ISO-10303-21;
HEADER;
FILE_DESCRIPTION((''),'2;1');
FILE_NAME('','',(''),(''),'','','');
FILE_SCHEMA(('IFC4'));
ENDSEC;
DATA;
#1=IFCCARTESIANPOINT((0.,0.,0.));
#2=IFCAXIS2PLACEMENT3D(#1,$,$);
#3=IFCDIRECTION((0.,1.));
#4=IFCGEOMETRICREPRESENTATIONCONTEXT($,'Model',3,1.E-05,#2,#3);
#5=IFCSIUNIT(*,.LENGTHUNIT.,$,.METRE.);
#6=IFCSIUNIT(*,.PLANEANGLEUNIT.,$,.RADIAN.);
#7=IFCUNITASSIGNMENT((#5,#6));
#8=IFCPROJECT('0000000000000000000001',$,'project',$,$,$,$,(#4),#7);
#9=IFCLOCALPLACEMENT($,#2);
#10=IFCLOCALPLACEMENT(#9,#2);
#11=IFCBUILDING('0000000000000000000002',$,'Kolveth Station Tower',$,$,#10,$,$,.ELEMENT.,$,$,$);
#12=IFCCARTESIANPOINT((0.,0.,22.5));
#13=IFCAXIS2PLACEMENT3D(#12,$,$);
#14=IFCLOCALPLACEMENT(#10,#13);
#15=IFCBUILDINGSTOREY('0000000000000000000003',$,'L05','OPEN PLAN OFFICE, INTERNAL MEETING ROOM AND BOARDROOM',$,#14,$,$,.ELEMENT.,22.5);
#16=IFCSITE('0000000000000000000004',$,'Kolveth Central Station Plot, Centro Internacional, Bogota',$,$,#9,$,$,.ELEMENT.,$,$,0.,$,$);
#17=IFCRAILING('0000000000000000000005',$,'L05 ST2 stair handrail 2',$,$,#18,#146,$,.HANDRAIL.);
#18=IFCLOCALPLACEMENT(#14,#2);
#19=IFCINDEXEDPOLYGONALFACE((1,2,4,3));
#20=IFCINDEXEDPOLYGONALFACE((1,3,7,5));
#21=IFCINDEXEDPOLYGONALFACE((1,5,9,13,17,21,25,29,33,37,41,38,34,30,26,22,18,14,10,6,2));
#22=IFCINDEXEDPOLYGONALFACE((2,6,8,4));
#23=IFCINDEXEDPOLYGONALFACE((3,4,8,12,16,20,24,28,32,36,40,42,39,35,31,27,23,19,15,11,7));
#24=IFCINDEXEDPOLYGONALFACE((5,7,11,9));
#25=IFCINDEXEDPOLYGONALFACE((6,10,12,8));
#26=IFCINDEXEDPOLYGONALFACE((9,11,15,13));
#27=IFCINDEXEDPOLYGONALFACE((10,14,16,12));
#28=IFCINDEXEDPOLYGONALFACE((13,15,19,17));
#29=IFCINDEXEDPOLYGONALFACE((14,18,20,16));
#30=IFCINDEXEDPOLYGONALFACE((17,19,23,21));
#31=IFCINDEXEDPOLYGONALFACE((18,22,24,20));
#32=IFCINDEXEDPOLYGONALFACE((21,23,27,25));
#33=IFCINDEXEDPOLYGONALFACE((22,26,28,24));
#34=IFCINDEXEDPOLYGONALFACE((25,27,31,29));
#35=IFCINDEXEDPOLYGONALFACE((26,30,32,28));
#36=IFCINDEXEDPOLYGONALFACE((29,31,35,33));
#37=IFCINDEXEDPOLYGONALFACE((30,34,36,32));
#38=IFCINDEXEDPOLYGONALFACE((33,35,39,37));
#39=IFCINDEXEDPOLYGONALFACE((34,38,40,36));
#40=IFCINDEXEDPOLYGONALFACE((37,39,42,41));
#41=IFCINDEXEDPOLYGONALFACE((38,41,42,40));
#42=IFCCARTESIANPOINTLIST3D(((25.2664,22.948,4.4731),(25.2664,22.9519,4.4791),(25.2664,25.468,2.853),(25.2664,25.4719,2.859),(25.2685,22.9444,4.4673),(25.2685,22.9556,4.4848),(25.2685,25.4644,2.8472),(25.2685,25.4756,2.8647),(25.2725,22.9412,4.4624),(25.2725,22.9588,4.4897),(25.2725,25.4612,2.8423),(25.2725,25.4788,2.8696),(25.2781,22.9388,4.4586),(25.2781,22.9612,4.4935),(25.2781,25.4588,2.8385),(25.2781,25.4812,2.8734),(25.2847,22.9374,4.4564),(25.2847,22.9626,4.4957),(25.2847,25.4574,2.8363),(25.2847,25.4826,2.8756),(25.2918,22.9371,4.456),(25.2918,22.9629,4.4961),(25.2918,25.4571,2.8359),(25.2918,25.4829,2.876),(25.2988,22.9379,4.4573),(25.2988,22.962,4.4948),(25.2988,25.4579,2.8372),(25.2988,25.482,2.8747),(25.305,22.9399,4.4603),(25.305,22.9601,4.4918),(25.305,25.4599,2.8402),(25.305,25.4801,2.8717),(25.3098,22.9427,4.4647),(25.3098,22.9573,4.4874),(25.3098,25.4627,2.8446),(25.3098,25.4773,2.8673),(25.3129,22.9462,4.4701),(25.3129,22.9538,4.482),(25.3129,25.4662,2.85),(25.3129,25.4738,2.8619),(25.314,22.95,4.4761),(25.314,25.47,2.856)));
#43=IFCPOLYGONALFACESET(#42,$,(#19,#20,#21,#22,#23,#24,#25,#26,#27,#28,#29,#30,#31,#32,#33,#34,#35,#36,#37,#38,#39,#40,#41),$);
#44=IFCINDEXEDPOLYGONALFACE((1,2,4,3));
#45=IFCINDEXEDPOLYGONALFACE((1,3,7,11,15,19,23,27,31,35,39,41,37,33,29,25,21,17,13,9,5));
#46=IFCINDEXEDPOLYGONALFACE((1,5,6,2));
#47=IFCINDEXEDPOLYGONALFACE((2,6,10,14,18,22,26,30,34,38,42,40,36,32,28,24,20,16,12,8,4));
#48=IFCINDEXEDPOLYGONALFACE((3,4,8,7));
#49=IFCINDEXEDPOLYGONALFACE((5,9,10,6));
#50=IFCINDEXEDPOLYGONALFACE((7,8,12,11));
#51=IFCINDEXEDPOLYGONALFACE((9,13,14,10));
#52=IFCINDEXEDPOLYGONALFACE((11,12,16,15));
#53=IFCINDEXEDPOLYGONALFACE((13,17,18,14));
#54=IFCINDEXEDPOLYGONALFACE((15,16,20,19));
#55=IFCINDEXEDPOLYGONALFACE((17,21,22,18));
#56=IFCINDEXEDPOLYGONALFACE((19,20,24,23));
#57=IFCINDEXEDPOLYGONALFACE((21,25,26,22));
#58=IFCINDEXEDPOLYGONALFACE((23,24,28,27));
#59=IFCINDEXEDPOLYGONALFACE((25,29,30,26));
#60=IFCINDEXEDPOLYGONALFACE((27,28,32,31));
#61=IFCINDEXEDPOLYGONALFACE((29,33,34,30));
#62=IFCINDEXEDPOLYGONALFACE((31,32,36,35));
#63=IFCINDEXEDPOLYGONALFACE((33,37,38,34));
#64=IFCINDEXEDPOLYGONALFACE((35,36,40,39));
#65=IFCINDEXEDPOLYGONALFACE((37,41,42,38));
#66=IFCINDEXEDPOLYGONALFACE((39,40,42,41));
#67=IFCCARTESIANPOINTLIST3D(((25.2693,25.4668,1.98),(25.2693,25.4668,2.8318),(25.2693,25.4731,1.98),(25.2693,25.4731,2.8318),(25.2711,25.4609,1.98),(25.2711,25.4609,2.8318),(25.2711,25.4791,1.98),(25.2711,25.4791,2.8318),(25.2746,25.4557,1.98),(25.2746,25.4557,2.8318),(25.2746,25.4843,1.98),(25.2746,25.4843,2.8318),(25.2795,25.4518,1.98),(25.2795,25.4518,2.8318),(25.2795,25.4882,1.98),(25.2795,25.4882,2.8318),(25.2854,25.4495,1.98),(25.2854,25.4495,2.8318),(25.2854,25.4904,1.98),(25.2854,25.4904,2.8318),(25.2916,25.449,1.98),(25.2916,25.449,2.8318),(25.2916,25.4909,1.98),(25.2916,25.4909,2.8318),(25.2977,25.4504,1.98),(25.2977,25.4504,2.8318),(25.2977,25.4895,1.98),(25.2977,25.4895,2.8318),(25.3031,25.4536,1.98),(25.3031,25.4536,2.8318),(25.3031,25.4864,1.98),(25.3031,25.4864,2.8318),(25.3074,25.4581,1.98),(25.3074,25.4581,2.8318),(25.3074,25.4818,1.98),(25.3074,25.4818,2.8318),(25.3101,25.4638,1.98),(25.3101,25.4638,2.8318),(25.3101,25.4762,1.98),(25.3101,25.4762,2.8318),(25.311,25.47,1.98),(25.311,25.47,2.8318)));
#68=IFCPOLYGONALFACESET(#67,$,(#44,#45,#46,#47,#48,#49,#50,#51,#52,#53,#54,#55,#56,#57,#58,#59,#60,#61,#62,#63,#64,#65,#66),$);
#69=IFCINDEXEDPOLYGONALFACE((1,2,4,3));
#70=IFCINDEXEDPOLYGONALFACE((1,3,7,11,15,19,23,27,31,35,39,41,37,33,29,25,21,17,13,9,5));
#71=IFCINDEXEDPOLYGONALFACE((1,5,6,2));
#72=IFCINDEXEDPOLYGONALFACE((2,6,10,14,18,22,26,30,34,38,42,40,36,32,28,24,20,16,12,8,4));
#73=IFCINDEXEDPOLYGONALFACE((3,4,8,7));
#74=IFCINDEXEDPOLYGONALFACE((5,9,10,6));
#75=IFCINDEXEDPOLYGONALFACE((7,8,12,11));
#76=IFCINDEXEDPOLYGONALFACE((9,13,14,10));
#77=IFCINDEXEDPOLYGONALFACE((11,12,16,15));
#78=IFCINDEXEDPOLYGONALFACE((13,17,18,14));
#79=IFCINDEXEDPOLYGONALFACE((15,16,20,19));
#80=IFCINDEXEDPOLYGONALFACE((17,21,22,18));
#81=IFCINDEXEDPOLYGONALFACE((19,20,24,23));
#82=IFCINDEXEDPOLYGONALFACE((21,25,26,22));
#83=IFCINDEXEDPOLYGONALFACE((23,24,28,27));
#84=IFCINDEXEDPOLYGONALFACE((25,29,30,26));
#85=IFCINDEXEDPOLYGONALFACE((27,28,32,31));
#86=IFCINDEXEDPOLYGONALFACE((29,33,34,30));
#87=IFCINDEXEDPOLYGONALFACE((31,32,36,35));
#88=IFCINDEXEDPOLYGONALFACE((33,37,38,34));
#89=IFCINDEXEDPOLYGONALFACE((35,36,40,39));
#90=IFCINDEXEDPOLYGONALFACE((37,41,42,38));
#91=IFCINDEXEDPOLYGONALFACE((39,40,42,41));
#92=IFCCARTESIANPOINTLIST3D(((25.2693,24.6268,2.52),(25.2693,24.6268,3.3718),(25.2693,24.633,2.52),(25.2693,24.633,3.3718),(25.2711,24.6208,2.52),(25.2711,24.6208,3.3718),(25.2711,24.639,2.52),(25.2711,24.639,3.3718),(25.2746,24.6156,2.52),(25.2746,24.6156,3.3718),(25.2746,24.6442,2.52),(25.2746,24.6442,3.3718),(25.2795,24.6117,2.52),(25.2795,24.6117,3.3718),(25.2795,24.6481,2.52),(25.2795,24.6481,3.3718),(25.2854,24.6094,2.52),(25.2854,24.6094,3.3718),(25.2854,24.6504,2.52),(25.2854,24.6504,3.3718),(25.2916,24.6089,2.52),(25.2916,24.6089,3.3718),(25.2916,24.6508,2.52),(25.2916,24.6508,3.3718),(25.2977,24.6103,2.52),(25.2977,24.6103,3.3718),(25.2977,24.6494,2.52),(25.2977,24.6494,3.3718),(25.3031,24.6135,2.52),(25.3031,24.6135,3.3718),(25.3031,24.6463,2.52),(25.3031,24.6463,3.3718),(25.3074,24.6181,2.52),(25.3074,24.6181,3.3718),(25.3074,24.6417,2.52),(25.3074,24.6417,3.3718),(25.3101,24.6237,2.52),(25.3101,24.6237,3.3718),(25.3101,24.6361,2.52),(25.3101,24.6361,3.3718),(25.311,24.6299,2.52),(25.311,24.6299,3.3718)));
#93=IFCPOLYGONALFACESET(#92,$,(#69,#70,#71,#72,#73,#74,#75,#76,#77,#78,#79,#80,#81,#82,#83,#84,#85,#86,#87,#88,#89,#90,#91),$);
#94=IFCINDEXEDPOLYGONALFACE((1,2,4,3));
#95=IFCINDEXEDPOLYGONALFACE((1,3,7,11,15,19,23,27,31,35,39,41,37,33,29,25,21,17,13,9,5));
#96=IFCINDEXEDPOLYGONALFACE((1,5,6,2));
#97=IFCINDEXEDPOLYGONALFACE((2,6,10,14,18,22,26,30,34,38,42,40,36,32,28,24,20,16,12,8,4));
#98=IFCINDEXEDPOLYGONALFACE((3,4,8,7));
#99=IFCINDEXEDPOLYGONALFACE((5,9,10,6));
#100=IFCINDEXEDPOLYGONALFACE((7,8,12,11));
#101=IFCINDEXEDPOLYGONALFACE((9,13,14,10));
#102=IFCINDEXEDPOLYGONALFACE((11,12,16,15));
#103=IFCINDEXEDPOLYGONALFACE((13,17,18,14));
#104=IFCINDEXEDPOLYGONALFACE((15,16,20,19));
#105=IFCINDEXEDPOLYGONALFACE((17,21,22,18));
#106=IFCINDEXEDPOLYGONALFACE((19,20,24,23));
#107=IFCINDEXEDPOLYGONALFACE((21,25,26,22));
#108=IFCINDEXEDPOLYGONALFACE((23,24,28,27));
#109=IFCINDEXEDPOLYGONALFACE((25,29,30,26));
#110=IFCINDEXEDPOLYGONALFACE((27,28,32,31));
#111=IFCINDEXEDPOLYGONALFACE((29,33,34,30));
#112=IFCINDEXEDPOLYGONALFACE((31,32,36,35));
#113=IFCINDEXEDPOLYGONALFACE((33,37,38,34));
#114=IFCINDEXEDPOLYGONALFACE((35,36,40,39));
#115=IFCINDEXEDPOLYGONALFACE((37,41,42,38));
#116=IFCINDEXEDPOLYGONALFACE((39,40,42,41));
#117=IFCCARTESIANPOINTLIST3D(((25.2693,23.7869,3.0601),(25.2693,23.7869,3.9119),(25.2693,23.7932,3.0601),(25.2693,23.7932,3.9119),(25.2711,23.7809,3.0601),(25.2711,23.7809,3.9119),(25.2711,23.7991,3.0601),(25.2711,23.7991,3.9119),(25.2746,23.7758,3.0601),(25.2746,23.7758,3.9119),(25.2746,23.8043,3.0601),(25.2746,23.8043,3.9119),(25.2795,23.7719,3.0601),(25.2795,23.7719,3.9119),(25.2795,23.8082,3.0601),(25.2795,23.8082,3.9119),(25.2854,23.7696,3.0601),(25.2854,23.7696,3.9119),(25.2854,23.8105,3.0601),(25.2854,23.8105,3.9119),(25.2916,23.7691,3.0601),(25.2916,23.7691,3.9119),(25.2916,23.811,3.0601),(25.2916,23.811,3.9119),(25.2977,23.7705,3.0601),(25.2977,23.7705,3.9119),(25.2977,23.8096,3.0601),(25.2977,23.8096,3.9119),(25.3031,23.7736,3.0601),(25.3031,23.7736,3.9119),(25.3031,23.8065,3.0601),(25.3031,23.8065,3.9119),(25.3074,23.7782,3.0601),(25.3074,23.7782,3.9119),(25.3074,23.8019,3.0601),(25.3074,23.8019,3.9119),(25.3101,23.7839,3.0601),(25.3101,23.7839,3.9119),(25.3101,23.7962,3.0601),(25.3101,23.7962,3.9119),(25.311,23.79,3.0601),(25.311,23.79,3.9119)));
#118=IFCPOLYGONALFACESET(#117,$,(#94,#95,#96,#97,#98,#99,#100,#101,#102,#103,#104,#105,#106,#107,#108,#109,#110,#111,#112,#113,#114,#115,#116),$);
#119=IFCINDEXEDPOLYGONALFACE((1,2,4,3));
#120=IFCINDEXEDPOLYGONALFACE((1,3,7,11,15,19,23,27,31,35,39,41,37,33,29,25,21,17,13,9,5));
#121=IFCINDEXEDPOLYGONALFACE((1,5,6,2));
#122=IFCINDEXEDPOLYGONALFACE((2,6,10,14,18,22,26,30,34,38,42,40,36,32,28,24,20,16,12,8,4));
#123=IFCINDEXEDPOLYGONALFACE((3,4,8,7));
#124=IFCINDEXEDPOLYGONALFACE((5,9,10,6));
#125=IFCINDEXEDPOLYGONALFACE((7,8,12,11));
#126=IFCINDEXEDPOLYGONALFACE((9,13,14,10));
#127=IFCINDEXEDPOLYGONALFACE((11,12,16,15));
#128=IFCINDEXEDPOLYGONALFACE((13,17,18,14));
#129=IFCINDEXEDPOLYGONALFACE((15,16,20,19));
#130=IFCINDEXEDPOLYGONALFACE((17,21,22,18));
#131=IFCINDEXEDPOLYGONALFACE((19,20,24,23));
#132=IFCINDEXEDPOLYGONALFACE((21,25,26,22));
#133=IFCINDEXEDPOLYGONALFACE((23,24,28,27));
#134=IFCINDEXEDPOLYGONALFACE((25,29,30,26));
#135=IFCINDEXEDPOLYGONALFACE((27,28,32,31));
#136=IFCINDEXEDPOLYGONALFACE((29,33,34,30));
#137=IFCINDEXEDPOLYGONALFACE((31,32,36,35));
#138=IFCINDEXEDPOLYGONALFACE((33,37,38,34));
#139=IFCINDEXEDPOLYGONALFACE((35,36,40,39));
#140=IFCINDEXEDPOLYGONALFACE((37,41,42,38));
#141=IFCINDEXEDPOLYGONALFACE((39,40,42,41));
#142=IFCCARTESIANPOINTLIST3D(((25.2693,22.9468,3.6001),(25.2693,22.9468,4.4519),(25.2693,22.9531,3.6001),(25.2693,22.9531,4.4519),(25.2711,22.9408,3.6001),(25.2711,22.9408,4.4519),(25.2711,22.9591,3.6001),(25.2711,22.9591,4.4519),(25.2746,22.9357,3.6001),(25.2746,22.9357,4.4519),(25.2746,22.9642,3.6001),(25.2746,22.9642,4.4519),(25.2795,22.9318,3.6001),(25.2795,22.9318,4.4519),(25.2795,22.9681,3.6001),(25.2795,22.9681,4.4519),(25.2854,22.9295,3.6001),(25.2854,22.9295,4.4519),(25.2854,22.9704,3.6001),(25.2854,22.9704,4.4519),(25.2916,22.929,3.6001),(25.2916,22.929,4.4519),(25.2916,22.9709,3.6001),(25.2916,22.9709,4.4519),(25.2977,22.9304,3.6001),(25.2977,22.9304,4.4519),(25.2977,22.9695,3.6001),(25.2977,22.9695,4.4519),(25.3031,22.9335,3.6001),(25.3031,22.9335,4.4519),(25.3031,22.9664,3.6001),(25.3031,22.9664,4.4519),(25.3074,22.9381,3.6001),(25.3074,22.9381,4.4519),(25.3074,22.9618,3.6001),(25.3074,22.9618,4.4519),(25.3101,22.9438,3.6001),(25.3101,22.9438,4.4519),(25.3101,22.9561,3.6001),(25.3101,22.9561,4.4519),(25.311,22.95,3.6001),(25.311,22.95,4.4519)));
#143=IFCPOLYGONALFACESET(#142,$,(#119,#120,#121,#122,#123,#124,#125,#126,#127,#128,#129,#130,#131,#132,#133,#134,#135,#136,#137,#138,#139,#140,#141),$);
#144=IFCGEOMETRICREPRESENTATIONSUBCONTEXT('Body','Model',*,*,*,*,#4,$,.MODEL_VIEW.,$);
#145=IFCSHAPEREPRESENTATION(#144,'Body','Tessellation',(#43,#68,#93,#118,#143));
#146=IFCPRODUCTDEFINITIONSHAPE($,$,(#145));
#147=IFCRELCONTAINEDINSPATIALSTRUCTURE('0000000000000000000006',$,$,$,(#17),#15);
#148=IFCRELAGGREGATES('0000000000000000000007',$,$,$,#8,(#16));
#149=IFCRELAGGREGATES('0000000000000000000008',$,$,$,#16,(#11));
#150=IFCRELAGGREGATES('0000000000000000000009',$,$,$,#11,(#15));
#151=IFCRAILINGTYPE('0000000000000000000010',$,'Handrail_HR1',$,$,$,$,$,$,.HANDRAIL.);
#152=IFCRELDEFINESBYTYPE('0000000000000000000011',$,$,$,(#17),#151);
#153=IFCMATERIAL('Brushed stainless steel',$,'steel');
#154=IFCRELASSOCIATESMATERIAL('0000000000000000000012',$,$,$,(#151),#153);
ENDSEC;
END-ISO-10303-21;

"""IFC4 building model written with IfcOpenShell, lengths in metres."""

from ifc_helpers import new_model, si_unit, direction, frame, origin, origin_2d, place, context, subcontext, project, spatial, circle, extrude, material, type_object, element, save


model = new_model("IFC4")

# Units and contexts
model_context = context("Model", 3, precision=1e-05, world=origin(), true_north=direction((0.0, 1.0)))
body_context = subcontext(model_context, "Body", "Model", "MODEL_VIEW")
ifc_project = project(units=[si_unit("LENGTHUNIT", "METRE"), si_unit("PLANEANGLEUNIT", "RADIAN")], contexts=[model_context])

# Site, building, storey
site_placement = place(None, origin())
site = spatial("IfcSite", under=ifc_project, at=site_placement, Name="Kolveth Central Station Plot, Centro Internacional, Bogota", CompositionType="ELEMENT", RefElevation=0.0)
building_placement = place(site_placement, origin())
building = spatial("IfcBuilding", under=site, at=building_placement, Name="Kolveth Station Tower", CompositionType="ELEMENT")
storey_placement = place(building_placement, frame((0.0, 0.0, 22.5)))
storey = spatial("IfcBuildingStorey", under=building, at=storey_placement, Name="L05", Description="OPEN PLAN OFFICE, INTERNAL MEETING ROOM AND BOARDROOM", CompositionType="ELEMENT", Elevation=22.5)

# Railing
ifc_material_1 = material(Name="Brushed stainless steel", Category="steel")
railing_type_1 = type_object("IfcRailingType", Name="Handrail_HR1", PredefinedType="HANDRAIL", material=ifc_material_1)
railing_1_placement = place(storey_placement, frame((25.29, 25.47, 1.98)))
element("IfcRailing", 1, at=railing_1_placement, inside=storey, type_object=railing_type_1, Name="L05 ST2 stair handrail 2", PredefinedType="HANDRAIL", context=body_context, shape_type="SweptSolid", body=[
    extrude(circle(Radius=0.0239, at=origin_2d()), frame((0.0, 0.0, 0.876), z_axis=(0.0, -0.841163, 0.540782), x_axis=(1.0, 0.0, 0.0)), (0.0, 0.0, 1.0), 2.9958),
    extrude(circle(Radius=0.021, at=origin_2d()), origin(), (0.0, 0.0, 1.0), 0.8518),
    extrude(circle(Radius=0.021, at=origin_2d()), frame((0.0, -0.8401, 0.54)), (0.0, 0.0, 1.0), 0.8518),
    extrude(circle(Radius=0.021, at=origin_2d()), frame((0.0, -1.6799, 1.0801)), (0.0, 0.0, 1.0), 0.8518),
    extrude(circle(Radius=0.021, at=origin_2d()), frame((0.0, -2.52, 1.6201)), (0.0, 0.0, 1.0), 0.8518),
])

save(model, "model.ifc")
